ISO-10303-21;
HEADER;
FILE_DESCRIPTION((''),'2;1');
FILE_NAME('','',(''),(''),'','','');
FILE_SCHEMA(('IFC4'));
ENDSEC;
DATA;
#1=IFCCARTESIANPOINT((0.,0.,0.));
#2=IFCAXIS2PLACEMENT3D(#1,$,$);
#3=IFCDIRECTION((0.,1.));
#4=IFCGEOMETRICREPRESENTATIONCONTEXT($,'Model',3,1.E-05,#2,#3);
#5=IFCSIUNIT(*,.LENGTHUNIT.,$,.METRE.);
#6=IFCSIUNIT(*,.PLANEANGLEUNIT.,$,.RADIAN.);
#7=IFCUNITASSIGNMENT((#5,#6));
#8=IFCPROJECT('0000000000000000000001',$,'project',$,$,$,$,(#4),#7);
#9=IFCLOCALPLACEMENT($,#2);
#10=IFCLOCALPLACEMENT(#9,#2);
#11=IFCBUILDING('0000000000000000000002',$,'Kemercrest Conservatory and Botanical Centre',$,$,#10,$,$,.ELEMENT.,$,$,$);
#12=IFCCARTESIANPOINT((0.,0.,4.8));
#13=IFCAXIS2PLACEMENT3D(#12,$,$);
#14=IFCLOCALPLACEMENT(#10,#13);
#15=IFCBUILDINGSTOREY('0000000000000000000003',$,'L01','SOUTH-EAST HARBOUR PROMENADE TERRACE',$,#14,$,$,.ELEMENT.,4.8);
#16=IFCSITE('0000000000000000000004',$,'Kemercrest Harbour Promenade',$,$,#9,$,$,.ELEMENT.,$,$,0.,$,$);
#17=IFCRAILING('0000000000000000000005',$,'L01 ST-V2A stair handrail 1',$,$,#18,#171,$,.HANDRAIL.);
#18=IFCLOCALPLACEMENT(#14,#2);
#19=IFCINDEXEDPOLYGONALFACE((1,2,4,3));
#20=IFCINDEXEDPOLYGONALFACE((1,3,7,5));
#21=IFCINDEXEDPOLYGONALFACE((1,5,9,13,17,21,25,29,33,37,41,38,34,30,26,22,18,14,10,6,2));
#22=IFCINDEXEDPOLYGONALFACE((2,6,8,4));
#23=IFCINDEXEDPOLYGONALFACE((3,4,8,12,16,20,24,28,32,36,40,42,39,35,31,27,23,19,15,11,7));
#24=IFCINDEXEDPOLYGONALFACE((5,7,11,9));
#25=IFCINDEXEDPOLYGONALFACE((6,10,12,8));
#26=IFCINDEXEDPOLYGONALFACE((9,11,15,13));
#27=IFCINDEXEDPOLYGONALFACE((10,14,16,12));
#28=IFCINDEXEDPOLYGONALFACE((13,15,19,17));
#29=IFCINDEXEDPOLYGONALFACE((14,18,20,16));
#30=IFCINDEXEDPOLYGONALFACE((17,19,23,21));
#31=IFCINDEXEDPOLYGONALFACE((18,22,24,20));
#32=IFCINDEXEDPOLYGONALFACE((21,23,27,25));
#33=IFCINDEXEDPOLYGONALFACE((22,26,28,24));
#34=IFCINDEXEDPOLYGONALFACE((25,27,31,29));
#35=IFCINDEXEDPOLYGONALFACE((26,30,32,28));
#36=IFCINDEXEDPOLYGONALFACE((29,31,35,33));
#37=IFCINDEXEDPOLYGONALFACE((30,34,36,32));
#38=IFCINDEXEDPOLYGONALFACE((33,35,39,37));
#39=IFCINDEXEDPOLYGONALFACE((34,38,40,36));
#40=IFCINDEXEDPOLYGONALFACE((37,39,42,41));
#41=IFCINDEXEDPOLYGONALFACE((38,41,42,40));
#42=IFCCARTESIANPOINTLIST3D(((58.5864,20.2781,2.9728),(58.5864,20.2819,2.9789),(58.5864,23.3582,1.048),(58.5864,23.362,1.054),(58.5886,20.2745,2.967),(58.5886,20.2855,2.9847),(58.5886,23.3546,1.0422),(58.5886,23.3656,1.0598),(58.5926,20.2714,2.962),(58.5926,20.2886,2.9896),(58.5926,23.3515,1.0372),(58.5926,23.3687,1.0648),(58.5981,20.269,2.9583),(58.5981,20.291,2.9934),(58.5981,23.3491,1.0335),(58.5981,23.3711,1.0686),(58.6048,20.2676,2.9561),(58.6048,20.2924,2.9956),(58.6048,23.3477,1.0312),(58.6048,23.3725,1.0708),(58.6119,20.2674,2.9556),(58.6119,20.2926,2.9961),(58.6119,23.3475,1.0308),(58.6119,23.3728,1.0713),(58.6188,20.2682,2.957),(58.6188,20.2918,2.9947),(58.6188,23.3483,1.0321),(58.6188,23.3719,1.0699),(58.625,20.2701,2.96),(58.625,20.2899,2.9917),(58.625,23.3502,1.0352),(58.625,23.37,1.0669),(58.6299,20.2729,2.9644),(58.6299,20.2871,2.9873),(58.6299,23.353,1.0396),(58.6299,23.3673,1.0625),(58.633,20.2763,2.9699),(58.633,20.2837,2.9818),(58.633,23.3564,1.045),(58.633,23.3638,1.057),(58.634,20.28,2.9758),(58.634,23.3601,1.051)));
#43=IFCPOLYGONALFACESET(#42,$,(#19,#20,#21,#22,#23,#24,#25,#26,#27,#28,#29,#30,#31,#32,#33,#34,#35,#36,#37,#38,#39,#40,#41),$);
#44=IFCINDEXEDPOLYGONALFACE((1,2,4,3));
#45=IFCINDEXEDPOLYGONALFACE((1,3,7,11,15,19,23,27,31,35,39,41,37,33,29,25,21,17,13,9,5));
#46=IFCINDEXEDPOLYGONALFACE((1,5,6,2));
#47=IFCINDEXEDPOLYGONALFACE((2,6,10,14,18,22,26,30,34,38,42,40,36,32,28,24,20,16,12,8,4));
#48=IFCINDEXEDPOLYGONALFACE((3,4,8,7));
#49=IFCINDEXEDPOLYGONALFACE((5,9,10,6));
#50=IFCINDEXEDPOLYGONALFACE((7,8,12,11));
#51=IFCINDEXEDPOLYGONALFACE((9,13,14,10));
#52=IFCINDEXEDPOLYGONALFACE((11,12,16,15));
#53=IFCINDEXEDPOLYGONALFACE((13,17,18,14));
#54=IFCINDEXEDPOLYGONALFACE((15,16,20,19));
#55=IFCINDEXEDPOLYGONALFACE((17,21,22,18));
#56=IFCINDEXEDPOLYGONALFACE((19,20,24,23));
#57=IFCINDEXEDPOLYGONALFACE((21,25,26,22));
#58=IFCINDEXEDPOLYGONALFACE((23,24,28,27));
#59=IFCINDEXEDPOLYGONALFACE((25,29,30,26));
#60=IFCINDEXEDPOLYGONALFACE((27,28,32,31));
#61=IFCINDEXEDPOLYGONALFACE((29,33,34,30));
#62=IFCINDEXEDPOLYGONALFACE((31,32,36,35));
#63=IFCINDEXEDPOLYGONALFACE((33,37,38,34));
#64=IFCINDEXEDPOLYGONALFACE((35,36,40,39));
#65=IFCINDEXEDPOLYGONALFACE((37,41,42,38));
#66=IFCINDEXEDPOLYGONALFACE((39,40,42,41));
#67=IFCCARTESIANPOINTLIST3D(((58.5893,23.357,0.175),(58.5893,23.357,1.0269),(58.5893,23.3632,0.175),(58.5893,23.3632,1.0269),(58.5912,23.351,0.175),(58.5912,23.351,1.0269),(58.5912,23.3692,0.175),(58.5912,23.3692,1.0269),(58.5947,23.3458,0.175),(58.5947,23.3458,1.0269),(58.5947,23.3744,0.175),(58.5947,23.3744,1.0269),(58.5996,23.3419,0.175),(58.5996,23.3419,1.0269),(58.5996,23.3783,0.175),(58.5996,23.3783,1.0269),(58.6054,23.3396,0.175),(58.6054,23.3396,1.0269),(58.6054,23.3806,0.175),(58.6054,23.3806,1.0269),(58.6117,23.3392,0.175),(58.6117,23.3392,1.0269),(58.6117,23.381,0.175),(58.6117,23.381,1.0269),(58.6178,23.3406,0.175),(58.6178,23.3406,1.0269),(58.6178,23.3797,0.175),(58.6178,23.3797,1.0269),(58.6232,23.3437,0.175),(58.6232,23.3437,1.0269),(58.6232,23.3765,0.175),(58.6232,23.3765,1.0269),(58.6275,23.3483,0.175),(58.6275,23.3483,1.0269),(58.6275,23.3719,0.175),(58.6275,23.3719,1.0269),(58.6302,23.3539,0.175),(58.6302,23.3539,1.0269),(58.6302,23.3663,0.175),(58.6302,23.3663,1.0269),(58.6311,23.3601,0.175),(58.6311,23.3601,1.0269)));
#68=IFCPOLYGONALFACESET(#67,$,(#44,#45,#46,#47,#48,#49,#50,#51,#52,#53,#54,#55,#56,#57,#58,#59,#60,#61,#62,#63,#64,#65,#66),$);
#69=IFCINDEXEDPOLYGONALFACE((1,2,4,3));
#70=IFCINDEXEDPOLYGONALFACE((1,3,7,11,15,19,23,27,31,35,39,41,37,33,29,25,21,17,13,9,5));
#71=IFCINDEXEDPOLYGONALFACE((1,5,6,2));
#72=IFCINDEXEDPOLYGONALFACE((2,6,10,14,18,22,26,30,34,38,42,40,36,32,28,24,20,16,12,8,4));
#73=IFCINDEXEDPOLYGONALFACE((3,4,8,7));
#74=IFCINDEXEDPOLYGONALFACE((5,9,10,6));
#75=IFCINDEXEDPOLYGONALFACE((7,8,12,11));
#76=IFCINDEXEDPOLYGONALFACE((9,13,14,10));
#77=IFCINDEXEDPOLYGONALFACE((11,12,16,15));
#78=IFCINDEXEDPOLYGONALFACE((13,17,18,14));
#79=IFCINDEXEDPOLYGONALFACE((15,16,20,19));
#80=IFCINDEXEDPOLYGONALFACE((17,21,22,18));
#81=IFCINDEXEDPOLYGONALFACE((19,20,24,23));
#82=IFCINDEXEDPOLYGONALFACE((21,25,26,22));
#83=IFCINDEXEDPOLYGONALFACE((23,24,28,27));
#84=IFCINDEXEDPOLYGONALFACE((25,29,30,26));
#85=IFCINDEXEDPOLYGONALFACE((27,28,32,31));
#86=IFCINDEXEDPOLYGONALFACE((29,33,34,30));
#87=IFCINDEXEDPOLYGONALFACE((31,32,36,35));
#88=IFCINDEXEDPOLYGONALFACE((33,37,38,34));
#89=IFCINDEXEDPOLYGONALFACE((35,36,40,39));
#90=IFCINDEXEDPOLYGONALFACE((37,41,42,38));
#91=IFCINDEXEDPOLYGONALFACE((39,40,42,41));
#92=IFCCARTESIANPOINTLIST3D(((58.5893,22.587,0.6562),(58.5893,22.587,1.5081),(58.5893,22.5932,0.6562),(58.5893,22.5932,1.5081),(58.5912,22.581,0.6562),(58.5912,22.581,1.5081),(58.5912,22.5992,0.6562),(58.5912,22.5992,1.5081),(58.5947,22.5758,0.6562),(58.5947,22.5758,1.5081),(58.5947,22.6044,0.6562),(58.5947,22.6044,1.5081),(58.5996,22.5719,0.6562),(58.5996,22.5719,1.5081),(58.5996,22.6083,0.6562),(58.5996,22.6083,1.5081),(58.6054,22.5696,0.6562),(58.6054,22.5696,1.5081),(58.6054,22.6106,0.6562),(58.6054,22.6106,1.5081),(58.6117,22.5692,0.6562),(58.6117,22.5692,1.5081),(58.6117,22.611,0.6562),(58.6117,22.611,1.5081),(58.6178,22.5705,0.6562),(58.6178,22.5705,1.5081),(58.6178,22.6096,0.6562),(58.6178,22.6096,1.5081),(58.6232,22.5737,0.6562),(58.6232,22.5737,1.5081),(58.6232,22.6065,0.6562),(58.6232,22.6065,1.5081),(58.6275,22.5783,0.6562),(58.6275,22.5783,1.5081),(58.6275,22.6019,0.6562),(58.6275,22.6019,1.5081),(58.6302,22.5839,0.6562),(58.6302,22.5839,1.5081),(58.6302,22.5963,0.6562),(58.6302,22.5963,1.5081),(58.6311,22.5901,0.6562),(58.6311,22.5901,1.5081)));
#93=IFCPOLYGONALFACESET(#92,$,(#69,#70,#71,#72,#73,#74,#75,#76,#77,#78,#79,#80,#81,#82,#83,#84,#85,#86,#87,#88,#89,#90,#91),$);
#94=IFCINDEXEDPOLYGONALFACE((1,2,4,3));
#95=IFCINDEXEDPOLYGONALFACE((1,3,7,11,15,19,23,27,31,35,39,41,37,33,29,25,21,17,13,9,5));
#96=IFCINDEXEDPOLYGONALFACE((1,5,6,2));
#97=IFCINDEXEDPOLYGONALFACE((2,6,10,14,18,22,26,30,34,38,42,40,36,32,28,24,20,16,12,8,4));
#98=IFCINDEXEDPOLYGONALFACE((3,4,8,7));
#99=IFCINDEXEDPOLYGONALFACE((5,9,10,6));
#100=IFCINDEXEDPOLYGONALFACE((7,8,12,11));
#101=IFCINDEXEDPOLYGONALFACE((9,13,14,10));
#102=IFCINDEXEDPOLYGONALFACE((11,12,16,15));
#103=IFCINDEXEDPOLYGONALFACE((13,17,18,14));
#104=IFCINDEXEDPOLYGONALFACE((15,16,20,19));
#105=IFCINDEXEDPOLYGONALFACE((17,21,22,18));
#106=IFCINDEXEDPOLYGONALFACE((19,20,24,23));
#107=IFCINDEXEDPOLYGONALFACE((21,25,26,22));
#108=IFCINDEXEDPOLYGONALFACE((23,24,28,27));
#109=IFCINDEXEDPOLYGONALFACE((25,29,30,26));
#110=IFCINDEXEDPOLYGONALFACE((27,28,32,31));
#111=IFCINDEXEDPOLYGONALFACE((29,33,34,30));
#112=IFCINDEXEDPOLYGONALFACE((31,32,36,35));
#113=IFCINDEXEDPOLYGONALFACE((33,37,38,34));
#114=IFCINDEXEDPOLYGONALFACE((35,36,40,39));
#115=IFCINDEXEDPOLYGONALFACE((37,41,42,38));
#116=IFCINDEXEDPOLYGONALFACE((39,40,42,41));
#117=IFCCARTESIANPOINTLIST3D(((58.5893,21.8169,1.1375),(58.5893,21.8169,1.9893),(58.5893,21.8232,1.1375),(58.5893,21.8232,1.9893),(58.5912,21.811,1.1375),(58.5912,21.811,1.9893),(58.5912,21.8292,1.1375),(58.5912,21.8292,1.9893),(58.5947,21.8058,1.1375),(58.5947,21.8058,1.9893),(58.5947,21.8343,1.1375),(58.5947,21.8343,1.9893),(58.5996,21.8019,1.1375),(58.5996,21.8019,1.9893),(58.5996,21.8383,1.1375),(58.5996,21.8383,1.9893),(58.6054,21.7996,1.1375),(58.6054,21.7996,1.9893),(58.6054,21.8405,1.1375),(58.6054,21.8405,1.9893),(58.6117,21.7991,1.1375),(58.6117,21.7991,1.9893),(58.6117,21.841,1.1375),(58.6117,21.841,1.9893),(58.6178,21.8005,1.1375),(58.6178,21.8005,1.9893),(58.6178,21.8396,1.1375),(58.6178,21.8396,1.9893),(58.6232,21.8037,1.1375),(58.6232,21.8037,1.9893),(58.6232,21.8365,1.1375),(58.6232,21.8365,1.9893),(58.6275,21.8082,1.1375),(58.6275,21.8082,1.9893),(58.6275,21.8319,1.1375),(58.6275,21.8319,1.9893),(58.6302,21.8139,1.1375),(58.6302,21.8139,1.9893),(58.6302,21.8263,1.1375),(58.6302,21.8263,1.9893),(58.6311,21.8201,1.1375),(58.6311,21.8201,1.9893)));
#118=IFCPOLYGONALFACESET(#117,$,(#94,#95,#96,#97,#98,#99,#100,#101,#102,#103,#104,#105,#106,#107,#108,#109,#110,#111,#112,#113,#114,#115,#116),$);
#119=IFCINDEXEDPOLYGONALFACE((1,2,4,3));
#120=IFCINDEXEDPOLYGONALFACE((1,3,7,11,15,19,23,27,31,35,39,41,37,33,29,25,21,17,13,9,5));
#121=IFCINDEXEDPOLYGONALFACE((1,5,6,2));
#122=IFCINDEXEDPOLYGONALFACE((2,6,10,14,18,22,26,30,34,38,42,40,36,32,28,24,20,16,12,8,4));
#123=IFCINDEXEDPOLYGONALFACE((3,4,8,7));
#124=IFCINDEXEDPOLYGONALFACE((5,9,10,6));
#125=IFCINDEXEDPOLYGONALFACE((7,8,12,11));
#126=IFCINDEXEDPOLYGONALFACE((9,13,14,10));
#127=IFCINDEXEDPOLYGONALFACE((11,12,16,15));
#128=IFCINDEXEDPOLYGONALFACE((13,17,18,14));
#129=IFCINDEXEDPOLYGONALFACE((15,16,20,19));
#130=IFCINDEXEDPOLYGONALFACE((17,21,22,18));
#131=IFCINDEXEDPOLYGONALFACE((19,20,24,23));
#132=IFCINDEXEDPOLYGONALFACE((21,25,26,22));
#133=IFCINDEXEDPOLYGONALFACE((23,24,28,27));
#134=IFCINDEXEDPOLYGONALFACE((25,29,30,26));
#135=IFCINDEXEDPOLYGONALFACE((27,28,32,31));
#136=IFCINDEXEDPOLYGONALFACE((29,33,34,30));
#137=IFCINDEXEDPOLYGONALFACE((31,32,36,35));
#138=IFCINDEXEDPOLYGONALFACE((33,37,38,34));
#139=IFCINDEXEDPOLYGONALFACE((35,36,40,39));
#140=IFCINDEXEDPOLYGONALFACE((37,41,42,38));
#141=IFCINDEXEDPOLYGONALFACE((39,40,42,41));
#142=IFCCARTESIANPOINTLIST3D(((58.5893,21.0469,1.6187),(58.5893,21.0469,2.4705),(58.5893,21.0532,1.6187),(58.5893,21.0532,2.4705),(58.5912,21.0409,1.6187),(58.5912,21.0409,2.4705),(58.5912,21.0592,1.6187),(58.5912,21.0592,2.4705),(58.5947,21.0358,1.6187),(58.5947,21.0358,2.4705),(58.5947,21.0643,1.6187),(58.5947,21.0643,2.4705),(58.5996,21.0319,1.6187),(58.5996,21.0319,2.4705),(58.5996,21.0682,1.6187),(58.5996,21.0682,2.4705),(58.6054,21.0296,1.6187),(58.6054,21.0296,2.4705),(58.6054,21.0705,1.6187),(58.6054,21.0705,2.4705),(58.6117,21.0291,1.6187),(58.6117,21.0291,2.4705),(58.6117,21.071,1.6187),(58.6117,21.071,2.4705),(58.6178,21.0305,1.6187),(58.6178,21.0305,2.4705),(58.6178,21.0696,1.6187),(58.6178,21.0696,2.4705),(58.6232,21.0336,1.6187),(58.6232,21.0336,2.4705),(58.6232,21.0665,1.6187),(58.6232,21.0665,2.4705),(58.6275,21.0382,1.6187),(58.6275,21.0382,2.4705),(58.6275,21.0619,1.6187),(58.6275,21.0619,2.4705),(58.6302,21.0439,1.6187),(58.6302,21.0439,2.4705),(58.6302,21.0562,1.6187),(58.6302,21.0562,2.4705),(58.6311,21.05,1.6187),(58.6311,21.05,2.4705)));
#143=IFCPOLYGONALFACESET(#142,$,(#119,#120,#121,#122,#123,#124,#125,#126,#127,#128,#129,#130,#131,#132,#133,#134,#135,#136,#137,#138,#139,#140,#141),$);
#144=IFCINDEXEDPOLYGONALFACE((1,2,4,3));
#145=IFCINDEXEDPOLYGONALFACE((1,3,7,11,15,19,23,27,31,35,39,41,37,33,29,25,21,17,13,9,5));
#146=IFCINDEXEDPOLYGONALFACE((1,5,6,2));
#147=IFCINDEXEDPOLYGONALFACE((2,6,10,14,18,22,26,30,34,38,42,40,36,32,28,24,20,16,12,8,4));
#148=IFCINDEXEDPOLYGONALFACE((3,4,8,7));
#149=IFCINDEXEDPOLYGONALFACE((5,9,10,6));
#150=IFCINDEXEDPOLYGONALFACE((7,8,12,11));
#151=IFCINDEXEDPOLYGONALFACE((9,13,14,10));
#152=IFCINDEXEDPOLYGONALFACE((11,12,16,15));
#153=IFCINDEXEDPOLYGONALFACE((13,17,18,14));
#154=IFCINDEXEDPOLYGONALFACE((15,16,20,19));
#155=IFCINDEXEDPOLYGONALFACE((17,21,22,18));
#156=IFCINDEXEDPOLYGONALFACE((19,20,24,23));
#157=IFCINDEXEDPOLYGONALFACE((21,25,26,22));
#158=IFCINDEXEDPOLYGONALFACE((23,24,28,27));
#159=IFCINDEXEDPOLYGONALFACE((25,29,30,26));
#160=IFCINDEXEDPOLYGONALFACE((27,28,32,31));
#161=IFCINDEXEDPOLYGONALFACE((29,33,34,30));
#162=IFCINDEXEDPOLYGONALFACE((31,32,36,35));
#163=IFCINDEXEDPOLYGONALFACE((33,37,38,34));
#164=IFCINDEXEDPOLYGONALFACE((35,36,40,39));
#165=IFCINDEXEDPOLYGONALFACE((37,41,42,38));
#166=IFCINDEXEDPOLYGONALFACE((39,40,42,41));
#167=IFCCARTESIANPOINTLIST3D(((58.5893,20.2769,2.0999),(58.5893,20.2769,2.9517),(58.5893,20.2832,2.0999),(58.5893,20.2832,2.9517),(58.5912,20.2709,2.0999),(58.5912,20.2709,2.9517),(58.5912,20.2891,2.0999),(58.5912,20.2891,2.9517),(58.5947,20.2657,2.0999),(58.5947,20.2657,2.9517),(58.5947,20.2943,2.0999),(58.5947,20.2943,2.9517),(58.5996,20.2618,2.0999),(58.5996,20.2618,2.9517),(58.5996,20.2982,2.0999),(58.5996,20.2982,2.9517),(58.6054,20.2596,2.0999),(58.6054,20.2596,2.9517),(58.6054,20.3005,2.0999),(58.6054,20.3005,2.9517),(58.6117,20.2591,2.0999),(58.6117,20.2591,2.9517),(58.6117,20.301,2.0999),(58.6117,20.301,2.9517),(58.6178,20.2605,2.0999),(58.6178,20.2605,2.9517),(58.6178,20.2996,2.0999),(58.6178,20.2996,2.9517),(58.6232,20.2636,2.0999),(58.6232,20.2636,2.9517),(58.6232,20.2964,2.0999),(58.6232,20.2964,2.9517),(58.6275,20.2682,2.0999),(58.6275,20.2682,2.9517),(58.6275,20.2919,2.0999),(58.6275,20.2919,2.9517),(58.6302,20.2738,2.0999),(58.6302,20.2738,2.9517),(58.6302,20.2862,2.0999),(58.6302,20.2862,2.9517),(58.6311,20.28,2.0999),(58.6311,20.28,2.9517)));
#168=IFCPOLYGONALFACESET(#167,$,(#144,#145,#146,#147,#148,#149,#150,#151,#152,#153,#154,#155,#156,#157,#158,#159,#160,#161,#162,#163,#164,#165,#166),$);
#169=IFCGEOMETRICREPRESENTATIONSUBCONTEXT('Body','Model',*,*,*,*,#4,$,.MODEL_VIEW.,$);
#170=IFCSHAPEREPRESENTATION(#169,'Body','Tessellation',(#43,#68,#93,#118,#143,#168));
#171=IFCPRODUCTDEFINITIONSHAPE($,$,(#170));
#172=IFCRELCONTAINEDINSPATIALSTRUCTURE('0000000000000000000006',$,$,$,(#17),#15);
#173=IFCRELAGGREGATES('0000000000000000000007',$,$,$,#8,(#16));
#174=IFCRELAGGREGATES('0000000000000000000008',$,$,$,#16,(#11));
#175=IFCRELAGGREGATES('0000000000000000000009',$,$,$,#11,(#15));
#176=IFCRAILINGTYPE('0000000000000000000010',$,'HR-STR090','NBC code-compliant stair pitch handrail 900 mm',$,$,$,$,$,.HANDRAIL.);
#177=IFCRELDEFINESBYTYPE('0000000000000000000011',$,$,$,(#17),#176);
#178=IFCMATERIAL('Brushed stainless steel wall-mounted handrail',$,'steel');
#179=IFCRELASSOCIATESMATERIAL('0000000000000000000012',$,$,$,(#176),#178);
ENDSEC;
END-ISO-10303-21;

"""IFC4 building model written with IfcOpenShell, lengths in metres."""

from ifc_helpers import new_model, si_unit, direction, frame, origin, origin_2d, place, context, subcontext, project, spatial, circle, extrude, material, type_object, element, save


model = new_model("IFC4")

# Units and contexts
model_context = context("Model", 3, precision=1e-05, world=origin(), true_north=direction((0.0, 1.0)))
body_context = subcontext(model_context, "Body", "Model", "MODEL_VIEW")
ifc_project = project(units=[si_unit("LENGTHUNIT", "METRE"), si_unit("PLANEANGLEUNIT", "RADIAN")], contexts=[model_context])

# Site, building, storey
site_placement = place(None, origin())
site = spatial("IfcSite", under=ifc_project, at=site_placement, Name="Kemercrest Harbour Promenade", CompositionType="ELEMENT", RefElevation=0.0)
building_placement = place(site_placement, origin())
building = spatial("IfcBuilding", under=site, at=building_placement, Name="Kemercrest Conservatory and Botanical Centre", CompositionType="ELEMENT")
storey_placement = place(building_placement, frame((0.0, 0.0, 4.8)))
storey = spatial("IfcBuildingStorey", under=building, at=storey_placement, Name="L01", Description="SOUTH-EAST HARBOUR PROMENADE TERRACE", CompositionType="ELEMENT", Elevation=4.8)

# Railing
ifc_material_1 = material(Name="Brushed stainless steel wall-mounted handrail", Category="steel")
railing_type_1 = type_object("IfcRailingType", Name="HR-STR090", Description="NBC code-compliant stair pitch handrail 900 mm", PredefinedType="HANDRAIL", material=ifc_material_1)
railing_1_placement = place(storey_placement, frame((58.6101, 23.3601, 0.175)))
element("IfcRailing", 1, at=railing_1_placement, inside=storey, type_object=railing_type_1, Name="L01 ST-V2A stair handrail 1", PredefinedType="HANDRAIL", context=body_context, shape_type="SweptSolid", body=[
    extrude(circle(Radius=0.0239, at=origin_2d()), frame((0.0, 0.0, 0.876), z_axis=(0.0, -0.848029, 0.529951), x_axis=(1.0, 0.0, 0.0)), (0.0, 0.0, 1.0), 3.6321),
    extrude(circle(Radius=0.021, at=origin_2d()), origin(), (0.0, 0.0, 1.0), 0.8518),
    extrude(circle(Radius=0.021, at=origin_2d()), frame((0.0, -0.77, 0.4812)), (0.0, 0.0, 1.0), 0.8518),
    extrude(circle(Radius=0.021, at=origin_2d()), frame((0.0, -1.54, 0.9624)), (0.0, 0.0, 1.0), 0.8518),
    extrude(circle(Radius=0.021, at=origin_2d()), frame((0.0, -2.3101, 1.4436)), (0.0, 0.0, 1.0), 0.8518),
    extrude(circle(Radius=0.021, at=origin_2d()), frame((0.0, -3.0801, 1.9248)), (0.0, 0.0, 1.0), 0.8518),
])

save(model, "model.ifc")
